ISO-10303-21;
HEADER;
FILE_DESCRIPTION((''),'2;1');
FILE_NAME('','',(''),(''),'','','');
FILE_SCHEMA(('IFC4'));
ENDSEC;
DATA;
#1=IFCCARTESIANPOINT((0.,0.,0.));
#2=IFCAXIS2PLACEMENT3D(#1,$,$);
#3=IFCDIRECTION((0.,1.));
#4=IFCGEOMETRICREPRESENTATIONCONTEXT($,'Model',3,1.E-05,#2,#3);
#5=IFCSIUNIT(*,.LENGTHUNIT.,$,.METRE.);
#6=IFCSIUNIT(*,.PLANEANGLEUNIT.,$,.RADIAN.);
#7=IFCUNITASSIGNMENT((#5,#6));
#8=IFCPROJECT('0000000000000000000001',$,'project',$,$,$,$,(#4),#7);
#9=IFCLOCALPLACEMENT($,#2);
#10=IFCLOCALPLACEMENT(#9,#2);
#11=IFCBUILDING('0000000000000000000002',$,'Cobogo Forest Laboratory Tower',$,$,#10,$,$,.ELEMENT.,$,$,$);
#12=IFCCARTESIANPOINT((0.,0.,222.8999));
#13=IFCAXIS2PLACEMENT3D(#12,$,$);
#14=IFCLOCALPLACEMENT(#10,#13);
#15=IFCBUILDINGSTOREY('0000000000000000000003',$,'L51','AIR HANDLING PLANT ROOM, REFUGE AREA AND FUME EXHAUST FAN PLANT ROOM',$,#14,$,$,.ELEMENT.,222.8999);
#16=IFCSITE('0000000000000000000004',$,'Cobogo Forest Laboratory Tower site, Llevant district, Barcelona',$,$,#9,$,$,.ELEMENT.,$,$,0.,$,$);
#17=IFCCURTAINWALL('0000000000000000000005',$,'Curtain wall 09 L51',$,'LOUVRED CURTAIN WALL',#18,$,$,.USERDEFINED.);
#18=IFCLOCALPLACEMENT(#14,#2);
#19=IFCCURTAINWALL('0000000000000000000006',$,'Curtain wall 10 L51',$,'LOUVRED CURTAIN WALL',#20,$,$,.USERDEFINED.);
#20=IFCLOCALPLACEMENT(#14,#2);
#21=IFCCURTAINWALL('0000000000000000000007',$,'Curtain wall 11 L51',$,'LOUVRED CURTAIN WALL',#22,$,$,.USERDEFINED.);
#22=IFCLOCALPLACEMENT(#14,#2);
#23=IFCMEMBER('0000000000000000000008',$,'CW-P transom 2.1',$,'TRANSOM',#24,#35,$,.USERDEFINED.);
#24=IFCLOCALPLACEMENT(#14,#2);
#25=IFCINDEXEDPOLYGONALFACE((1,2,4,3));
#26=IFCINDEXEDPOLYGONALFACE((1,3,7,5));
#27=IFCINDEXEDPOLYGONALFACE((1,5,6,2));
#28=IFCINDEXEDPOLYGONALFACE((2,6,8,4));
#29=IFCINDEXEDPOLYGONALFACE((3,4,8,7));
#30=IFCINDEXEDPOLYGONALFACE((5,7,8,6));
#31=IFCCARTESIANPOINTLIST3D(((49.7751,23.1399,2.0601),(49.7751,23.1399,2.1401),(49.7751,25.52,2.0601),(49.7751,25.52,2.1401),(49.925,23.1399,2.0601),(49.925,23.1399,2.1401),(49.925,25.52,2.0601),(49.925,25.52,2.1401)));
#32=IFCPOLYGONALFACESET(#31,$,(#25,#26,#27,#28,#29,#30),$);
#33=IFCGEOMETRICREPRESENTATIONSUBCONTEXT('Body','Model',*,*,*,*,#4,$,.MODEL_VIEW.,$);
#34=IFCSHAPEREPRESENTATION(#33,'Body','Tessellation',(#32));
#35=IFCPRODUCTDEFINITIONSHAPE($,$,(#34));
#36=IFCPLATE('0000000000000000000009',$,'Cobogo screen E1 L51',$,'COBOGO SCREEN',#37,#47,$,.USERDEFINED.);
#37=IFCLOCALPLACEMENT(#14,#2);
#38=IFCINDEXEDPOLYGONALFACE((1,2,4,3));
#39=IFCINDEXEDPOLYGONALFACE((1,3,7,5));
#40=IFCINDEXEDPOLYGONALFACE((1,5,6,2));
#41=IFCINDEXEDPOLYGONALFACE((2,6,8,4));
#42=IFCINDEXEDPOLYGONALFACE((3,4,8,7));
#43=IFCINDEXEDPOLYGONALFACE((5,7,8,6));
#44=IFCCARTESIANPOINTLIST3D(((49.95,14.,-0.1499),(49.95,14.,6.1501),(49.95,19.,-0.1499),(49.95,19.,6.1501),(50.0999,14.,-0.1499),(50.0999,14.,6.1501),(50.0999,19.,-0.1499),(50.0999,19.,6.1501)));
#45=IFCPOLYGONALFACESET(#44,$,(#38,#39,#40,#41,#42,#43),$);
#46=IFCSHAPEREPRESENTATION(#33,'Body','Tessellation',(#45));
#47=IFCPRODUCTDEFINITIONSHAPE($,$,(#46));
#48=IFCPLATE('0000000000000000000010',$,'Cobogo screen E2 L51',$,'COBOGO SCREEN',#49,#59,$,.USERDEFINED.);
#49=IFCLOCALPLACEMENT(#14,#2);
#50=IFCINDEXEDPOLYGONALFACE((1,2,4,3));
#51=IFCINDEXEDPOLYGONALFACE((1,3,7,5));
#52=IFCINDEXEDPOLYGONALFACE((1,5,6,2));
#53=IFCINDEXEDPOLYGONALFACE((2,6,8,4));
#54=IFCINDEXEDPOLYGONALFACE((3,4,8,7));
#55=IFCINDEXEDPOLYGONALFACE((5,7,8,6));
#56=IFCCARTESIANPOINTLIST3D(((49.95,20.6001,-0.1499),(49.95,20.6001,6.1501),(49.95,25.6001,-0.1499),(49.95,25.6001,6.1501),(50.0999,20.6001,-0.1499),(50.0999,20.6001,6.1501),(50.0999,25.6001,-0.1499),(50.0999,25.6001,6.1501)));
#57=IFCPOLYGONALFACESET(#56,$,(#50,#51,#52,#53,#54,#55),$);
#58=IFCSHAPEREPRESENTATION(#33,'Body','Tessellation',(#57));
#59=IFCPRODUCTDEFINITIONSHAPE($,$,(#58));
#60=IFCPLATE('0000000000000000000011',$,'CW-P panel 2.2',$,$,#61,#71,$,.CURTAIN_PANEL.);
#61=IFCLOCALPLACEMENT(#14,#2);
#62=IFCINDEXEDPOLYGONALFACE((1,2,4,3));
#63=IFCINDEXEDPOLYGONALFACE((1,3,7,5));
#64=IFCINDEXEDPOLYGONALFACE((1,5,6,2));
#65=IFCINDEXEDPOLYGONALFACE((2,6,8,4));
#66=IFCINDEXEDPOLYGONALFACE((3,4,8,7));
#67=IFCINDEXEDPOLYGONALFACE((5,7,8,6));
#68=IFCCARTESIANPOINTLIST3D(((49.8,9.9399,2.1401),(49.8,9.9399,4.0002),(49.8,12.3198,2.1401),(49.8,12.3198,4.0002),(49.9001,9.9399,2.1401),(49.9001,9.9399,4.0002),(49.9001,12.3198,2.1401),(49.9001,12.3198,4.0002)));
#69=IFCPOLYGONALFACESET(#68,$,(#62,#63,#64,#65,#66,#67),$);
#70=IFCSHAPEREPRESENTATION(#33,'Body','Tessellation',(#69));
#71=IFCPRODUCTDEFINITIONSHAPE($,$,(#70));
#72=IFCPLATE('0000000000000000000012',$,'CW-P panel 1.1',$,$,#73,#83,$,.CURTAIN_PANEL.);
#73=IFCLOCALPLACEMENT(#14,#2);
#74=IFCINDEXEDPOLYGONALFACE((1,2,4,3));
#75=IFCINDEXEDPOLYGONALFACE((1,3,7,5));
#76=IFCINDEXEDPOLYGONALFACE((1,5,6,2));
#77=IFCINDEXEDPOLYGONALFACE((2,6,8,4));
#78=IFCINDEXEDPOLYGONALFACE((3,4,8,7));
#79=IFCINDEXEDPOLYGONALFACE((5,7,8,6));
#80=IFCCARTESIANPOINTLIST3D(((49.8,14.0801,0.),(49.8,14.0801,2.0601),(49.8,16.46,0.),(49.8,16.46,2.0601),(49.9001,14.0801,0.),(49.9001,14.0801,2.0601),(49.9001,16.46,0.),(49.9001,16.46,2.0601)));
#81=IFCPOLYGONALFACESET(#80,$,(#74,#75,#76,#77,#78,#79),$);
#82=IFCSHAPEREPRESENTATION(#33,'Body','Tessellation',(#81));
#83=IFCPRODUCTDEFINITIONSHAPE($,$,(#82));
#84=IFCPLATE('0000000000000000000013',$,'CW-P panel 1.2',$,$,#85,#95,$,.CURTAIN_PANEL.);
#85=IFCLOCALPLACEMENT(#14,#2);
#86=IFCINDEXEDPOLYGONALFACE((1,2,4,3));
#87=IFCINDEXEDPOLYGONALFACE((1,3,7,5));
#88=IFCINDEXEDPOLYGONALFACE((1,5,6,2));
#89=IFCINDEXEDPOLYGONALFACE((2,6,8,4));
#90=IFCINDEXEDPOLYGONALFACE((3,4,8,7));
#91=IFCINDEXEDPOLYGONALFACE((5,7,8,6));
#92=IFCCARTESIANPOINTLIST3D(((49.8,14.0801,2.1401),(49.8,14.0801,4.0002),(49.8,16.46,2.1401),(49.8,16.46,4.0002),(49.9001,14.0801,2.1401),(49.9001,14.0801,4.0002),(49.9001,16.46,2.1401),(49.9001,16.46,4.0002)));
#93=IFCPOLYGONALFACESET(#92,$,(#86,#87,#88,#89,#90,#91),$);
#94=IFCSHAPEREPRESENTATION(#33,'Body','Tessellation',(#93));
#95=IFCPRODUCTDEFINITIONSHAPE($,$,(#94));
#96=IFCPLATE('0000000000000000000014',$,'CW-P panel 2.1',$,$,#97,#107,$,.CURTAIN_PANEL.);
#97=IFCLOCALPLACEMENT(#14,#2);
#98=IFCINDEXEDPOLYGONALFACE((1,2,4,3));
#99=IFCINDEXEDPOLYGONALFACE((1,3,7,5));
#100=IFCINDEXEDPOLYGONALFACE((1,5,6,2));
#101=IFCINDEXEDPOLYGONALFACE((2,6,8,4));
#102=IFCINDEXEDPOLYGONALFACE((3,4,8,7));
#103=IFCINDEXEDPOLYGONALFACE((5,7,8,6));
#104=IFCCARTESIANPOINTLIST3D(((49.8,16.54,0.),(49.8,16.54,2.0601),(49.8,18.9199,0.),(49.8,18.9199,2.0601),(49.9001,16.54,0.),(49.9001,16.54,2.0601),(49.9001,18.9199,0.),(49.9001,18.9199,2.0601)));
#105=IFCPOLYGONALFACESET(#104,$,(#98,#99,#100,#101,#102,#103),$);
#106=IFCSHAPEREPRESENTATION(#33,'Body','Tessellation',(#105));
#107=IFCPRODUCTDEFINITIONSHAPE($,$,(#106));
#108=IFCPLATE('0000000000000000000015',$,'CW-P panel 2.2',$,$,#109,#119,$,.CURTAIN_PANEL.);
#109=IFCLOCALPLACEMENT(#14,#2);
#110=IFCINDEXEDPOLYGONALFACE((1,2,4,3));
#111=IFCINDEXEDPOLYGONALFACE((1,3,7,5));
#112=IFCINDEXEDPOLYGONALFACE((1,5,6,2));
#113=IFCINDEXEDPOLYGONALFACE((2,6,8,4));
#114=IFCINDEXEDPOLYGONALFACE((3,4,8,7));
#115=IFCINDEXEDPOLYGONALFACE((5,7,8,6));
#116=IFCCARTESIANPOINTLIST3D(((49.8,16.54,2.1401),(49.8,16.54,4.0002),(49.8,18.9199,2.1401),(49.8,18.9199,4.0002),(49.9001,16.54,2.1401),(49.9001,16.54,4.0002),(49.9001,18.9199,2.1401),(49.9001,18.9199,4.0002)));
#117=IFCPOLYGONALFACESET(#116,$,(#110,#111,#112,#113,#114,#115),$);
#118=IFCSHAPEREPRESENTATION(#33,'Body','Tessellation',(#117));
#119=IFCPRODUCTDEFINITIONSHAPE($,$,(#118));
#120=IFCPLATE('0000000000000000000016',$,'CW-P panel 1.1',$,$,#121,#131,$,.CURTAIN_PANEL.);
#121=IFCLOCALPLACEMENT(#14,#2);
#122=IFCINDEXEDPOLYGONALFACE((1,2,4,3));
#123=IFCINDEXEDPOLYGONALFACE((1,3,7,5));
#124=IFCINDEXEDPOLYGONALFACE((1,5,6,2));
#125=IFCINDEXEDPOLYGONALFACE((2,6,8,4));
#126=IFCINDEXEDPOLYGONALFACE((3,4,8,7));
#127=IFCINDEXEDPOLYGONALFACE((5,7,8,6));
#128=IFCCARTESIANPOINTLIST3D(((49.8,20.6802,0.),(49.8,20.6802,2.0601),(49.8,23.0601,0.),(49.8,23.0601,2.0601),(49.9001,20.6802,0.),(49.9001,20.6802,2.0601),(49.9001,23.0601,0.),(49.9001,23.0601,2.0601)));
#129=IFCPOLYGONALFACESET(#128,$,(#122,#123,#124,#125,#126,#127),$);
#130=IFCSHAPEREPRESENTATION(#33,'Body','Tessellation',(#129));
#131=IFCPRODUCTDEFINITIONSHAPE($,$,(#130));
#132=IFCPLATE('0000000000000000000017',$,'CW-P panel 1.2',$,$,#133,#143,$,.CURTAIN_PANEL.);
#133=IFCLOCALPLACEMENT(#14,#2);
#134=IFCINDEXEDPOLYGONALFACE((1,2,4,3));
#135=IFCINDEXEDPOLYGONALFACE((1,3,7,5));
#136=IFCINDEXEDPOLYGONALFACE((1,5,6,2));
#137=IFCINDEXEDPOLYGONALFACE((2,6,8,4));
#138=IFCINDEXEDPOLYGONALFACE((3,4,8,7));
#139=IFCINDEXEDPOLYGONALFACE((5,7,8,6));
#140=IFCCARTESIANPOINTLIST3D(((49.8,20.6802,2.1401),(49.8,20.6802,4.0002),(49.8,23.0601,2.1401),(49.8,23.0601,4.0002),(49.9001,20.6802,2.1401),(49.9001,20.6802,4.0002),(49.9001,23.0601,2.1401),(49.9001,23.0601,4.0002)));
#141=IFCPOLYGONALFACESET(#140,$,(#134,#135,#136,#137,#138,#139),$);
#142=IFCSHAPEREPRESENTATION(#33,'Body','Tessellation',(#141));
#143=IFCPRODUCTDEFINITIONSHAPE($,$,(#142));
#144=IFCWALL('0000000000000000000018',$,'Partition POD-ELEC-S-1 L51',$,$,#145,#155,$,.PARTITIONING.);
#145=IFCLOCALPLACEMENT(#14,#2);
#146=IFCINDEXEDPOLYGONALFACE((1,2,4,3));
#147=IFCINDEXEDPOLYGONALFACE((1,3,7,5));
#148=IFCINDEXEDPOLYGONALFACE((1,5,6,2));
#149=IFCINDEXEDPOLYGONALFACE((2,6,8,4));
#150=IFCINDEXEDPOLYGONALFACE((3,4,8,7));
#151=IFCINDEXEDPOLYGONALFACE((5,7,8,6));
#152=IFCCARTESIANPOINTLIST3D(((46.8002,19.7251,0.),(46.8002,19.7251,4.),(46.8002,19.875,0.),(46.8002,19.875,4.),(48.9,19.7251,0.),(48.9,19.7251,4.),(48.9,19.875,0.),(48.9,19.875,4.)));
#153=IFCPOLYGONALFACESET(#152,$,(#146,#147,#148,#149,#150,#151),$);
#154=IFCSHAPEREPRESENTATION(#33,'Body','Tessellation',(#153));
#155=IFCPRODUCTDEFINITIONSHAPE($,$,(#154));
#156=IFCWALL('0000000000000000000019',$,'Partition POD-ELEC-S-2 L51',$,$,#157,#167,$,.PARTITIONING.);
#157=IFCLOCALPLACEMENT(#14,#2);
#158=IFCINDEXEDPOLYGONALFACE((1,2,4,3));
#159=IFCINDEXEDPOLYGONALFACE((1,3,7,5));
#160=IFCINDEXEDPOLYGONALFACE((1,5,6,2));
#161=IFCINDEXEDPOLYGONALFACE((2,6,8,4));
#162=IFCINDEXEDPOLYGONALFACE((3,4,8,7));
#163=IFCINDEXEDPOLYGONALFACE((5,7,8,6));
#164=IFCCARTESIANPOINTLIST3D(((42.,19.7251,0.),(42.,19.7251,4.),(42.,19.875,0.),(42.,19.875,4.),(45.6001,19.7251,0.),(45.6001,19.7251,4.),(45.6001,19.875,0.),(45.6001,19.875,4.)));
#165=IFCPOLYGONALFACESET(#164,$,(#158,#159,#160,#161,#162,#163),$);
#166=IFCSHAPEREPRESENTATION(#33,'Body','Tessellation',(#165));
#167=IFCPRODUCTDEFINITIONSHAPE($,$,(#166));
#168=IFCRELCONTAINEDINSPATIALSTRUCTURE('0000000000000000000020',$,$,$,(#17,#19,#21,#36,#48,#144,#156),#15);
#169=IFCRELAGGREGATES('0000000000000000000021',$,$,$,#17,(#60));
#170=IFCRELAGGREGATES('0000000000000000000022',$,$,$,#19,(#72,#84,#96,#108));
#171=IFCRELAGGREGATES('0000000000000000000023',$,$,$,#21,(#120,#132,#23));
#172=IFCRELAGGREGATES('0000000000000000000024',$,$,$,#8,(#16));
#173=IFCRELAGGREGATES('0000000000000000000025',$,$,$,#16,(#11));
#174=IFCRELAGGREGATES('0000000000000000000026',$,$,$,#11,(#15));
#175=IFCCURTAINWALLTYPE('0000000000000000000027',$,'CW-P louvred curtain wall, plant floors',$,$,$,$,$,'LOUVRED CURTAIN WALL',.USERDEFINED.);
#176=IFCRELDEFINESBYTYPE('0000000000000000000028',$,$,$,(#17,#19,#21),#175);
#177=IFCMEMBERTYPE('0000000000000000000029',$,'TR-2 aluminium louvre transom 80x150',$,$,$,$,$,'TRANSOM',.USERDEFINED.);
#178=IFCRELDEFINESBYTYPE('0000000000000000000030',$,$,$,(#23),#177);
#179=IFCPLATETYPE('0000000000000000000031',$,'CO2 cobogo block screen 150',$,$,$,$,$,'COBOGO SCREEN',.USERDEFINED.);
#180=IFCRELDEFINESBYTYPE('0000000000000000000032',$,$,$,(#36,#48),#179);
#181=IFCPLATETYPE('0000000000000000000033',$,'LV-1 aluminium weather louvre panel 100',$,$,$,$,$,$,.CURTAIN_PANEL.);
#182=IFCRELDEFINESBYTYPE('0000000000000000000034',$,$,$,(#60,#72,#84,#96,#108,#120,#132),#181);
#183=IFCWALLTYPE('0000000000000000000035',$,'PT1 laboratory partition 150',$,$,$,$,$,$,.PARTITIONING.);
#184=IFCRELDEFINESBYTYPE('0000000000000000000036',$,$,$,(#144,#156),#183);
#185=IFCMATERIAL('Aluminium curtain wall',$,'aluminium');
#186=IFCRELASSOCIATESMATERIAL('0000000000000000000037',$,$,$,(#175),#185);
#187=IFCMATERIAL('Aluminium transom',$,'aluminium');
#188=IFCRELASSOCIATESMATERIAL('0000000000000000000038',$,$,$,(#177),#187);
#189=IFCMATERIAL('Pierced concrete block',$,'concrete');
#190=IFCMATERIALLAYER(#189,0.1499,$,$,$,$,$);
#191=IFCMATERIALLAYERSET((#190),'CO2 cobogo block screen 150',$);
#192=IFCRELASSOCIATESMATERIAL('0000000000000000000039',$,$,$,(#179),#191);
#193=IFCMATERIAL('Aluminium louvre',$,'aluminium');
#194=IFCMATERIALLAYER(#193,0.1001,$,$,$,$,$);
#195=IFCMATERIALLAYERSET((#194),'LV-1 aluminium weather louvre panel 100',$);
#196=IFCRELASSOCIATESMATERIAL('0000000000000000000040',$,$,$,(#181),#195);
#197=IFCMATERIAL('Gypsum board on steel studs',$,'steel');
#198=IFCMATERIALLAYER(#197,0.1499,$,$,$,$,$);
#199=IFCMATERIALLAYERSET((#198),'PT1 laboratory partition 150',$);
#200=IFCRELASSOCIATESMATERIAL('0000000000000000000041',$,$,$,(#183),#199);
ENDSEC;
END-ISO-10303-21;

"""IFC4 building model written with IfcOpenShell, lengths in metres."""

from ifc_helpers import new_model, si_unit, direction, frame, frame_2d, origin, origin_2d, place, context, subcontext, project, spatial, rectangle, extrude, material, layer, layer_set, material_profile, profile_set, type_object, element, aggregate, save


model = new_model("IFC4")

# Units and contexts
model_context = context("Model", 3, precision=1e-05, world=origin(), true_north=direction((0.0, 1.0)))
body_context = subcontext(model_context, "Body", "Model", "MODEL_VIEW")
ifc_project = project(units=[si_unit("LENGTHUNIT", "METRE"), si_unit("PLANEANGLEUNIT", "RADIAN")], contexts=[model_context])

# Site, building, storey
site_placement = place(None, origin())
site = spatial("IfcSite", under=ifc_project, at=site_placement, Name="Cobogo Forest Laboratory Tower site, Llevant district, Barcelona", CompositionType="ELEMENT", RefElevation=0.0)
building_placement = place(site_placement, origin())
building = spatial("IfcBuilding", under=site, at=building_placement, Name="Cobogo Forest Laboratory Tower", CompositionType="ELEMENT")
storey_placement = place(building_placement, frame((0.0, 0.0, 222.8999)))
storey = spatial("IfcBuildingStorey", under=building, at=storey_placement, Name="L51", Description="AIR HANDLING PLANT ROOM, REFUGE AREA AND FUME EXHAUST FAN PLANT ROOM", CompositionType="ELEMENT", Elevation=222.8999)

# Curtain wall
ifc_material_1 = material(Name="Aluminium curtain wall", Category="aluminium")
curtain_wall_type = type_object("IfcCurtainWallType", Name="CW-P louvred curtain wall, plant floors", ElementType="LOUVRED CURTAIN WALL", PredefinedType="USERDEFINED", material=ifc_material_1)
curtain_wall_1_placement = place(storey_placement, origin())
curtain_wall_1 = element("IfcCurtainWall", 1, at=curtain_wall_1_placement, inside=storey, type_object=curtain_wall_type, Name="Curtain wall 09 L51", ObjectType="LOUVRED CURTAIN WALL", PredefinedType="USERDEFINED")

# Curtain walls
curtain_wall_2_placement = place(storey_placement, origin())
curtain_wall_2 = element("IfcCurtainWall", 2, at=curtain_wall_2_placement, inside=storey, type_object=curtain_wall_type, Name="Curtain wall 10 L51", ObjectType="LOUVRED CURTAIN WALL", PredefinedType="USERDEFINED")
curtain_wall_3_placement = place(storey_placement, origin())
curtain_wall_3 = element("IfcCurtainWall", 3, at=curtain_wall_3_placement, inside=storey, type_object=curtain_wall_type, Name="Curtain wall 11 L51", ObjectType="LOUVRED CURTAIN WALL", PredefinedType="USERDEFINED")

# Member
ifc_material_2 = material(Name="Aluminium transom", Category="aluminium")
ifc_material_profile_1 = material_profile(ifc_material_2, rectangle(XDim=0.1499, YDim=0.0801, at=origin_2d()), Name="AL 80x150")
ifc_profile_set_1 = profile_set([ifc_material_profile_1], Name="Aluminium transom")
member_type_1 = type_object("IfcMemberType", Name="TR-2 aluminium louvre transom 80x150", ElementType="TRANSOM", PredefinedType="USERDEFINED", material=ifc_profile_set_1)
member_1_placement = place(storey_placement, frame((49.8501, 23.1399, 2.1001), z_axis=(0.0, 1.0, 0.0), x_axis=(-1.0, 0.0, 0.0)))
member_1 = element("IfcMember", 4, at=member_1_placement, type_object=member_type_1, Name="CW-P transom 2.1", ObjectType="TRANSOM", PredefinedType="USERDEFINED", context=body_context, shape_type="SweptSolid", body=[
    extrude(rectangle(XDim=0.1499, YDim=0.0801, at=origin_2d()), origin(), (0.0, 0.0, 1.0), 2.3801),
])

# Plates
ifc_material_3 = material(Name="Pierced concrete block", Category="concrete")
ifc_layer_1 = layer(ifc_material_3, 0.1499)
ifc_layer_set_1 = layer_set([ifc_layer_1], Name="CO2 cobogo block screen 150")
plate_type_1 = type_object("IfcPlateType", Name="CO2 cobogo block screen 150", ElementType="COBOGO SCREEN", PredefinedType="USERDEFINED", material=ifc_layer_set_1)
for number, where, z_axis, x_axis, name in (
    (5, (50.0249, 16.5, -0.1499), (0.0, 0.0, 1.0), (0.0, 1.0, 0.0), "Cobogo screen E1 L51"),
    (6, (50.0249, 23.1001, -0.1499), (0.0, 0.0, 1.0), (0.0, 1.0, 0.0), "Cobogo screen E2 L51"),
):
    element("IfcPlate", number, at=place(storey_placement, frame(where, z_axis=z_axis, x_axis=x_axis)), inside=storey, type_object=plate_type_1, Name=name, ObjectType="COBOGO SCREEN", PredefinedType="USERDEFINED", context=body_context, shape_type="SweptSolid", body=[
        extrude(rectangle(XDim=5.0, YDim=0.1499, at=origin_2d()), origin(), (0.0, 0.0, 1.0), 6.3),
    ])

# Plates
ifc_material_4 = material(Name="Aluminium louvre", Category="aluminium")
ifc_layer_2 = layer(ifc_material_4, 0.1001)
ifc_layer_set_2 = layer_set([ifc_layer_2], Name="LV-1 aluminium weather louvre panel 100")
plate_type_2 = type_object("IfcPlateType", Name="LV-1 aluminium weather louvre panel 100", PredefinedType="CURTAIN_PANEL", material=ifc_layer_set_2)
plate_1_placement = place(storey_placement, frame((49.8501, 11.1299, 2.1401), z_axis=(0.0, 0.0, 1.0), x_axis=(0.0, 1.0, 0.0)))
plate_1 = element("IfcPlate", 7, at=plate_1_placement, type_object=plate_type_2, Name="CW-P panel 2.2", PredefinedType="CURTAIN_PANEL", context=body_context, shape_type="SweptSolid", body=[
    extrude(rectangle(XDim=2.3799, YDim=0.1001, at=origin_2d()), origin(), (0.0, 0.0, 1.0), 1.8601),
])
aggregate(curtain_wall_1, [plate_1])
plate_2_placement = place(storey_placement, frame((49.8501, 15.27, 0.0), z_axis=(0.0, 0.0, 1.0), x_axis=(0.0, 1.0, 0.0)))
plate_2 = element("IfcPlate", 8, at=plate_2_placement, type_object=plate_type_2, Name="CW-P panel 1.1", PredefinedType="CURTAIN_PANEL", context=body_context, shape_type="SweptSolid", body=[
    extrude(rectangle(XDim=2.3799, YDim=0.1001, at=origin_2d()), origin(), (0.0, 0.0, 1.0), 2.0601),
])
plate_3_placement = place(storey_placement, frame((49.8501, 15.27, 2.1401), z_axis=(0.0, 0.0, 1.0), x_axis=(0.0, 1.0, 0.0)))
plate_3 = element("IfcPlate", 9, at=plate_3_placement, type_object=plate_type_2, Name="CW-P panel 1.2", PredefinedType="CURTAIN_PANEL", context=body_context, shape_type="SweptSolid", body=[
    extrude(rectangle(XDim=2.3799, YDim=0.1001, at=origin_2d()), origin(), (0.0, 0.0, 1.0), 1.8601),
])
plate_4_placement = place(storey_placement, frame((49.8501, 17.73, 0.0), z_axis=(0.0, 0.0, 1.0), x_axis=(0.0, 1.0, 0.0)))
plate_4 = element("IfcPlate", 10, at=plate_4_placement, type_object=plate_type_2, Name="CW-P panel 2.1", PredefinedType="CURTAIN_PANEL", context=body_context, shape_type="SweptSolid", body=[
    extrude(rectangle(XDim=2.3799, YDim=0.1001, at=origin_2d()), origin(), (0.0, 0.0, 1.0), 2.0601),
])
plate_5_placement = place(storey_placement, frame((49.8501, 17.73, 2.1401), z_axis=(0.0, 0.0, 1.0), x_axis=(0.0, 1.0, 0.0)))
plate_5 = element("IfcPlate", 11, at=plate_5_placement, type_object=plate_type_2, Name="CW-P panel 2.2", PredefinedType="CURTAIN_PANEL", context=body_context, shape_type="SweptSolid", body=[
    extrude(rectangle(XDim=2.3799, YDim=0.1001, at=origin_2d()), origin(), (0.0, 0.0, 1.0), 1.8601),
])
aggregate(curtain_wall_2, [plate_2, plate_3, plate_4, plate_5])
plate_6_placement = place(storey_placement, frame((49.8501, 21.8701, 0.0), z_axis=(0.0, 0.0, 1.0), x_axis=(0.0, 1.0, 0.0)))
plate_6 = element("IfcPlate", 12, at=plate_6_placement, type_object=plate_type_2, Name="CW-P panel 1.1", PredefinedType="CURTAIN_PANEL", context=body_context, shape_type="SweptSolid", body=[
    extrude(rectangle(XDim=2.3799, YDim=0.1001, at=origin_2d()), origin(), (0.0, 0.0, 1.0), 2.0601),
])
plate_7_placement = place(storey_placement, frame((49.8501, 21.8701, 2.1401), z_axis=(0.0, 0.0, 1.0), x_axis=(0.0, 1.0, 0.0)))
plate_7 = element("IfcPlate", 13, at=plate_7_placement, type_object=plate_type_2, Name="CW-P panel 1.2", PredefinedType="CURTAIN_PANEL", context=body_context, shape_type="SweptSolid", body=[
    extrude(rectangle(XDim=2.3799, YDim=0.1001, at=origin_2d()), origin(), (0.0, 0.0, 1.0), 1.8601),
])
aggregate(curtain_wall_3, [plate_6, plate_7, member_1])

# Walls
ifc_material_5 = material(Name="Gypsum board on steel studs", Category="steel")
ifc_layer_3 = layer(ifc_material_5, 0.1499)
ifc_layer_set_3 = layer_set([ifc_layer_3], Name="PT1 laboratory partition 150")
wall_type = type_object("IfcWallType", Name="PT1 laboratory partition 150", PredefinedType="PARTITIONING", material=ifc_layer_set_3)
wall_1_placement = place(storey_placement, frame((48.8999, 19.8, 0.0), z_axis=(0.0, 0.0, 1.0), x_axis=(-1.0, 0.0, 0.0)))
element("IfcWall", 14, at=wall_1_placement, inside=storey, type_object=wall_type, Name="Partition POD-ELEC-S-1 L51", PredefinedType="PARTITIONING", context=body_context, shape_type="SweptSolid", body=[
    extrude(rectangle(XDim=2.0999, YDim=0.1499, at=frame_2d((1.0498, 0.0))), origin(), (0.0, 0.0, 1.0), 4.0),
])
wall_2_placement = place(storey_placement, frame((45.6001, 19.8, 0.0), z_axis=(0.0, 0.0, 1.0), x_axis=(-1.0, 0.0, 0.0)))
element("IfcWall", 15, at=wall_2_placement, inside=storey, type_object=wall_type, Name="Partition POD-ELEC-S-2 L51", PredefinedType="PARTITIONING", context=body_context, shape_type="SweptSolid", body=[
    extrude(rectangle(XDim=3.6001, YDim=0.1499, at=frame_2d((1.8, 0.0))), origin(), (0.0, 0.0, 1.0), 4.0),
])

save(model, "model.ifc")
